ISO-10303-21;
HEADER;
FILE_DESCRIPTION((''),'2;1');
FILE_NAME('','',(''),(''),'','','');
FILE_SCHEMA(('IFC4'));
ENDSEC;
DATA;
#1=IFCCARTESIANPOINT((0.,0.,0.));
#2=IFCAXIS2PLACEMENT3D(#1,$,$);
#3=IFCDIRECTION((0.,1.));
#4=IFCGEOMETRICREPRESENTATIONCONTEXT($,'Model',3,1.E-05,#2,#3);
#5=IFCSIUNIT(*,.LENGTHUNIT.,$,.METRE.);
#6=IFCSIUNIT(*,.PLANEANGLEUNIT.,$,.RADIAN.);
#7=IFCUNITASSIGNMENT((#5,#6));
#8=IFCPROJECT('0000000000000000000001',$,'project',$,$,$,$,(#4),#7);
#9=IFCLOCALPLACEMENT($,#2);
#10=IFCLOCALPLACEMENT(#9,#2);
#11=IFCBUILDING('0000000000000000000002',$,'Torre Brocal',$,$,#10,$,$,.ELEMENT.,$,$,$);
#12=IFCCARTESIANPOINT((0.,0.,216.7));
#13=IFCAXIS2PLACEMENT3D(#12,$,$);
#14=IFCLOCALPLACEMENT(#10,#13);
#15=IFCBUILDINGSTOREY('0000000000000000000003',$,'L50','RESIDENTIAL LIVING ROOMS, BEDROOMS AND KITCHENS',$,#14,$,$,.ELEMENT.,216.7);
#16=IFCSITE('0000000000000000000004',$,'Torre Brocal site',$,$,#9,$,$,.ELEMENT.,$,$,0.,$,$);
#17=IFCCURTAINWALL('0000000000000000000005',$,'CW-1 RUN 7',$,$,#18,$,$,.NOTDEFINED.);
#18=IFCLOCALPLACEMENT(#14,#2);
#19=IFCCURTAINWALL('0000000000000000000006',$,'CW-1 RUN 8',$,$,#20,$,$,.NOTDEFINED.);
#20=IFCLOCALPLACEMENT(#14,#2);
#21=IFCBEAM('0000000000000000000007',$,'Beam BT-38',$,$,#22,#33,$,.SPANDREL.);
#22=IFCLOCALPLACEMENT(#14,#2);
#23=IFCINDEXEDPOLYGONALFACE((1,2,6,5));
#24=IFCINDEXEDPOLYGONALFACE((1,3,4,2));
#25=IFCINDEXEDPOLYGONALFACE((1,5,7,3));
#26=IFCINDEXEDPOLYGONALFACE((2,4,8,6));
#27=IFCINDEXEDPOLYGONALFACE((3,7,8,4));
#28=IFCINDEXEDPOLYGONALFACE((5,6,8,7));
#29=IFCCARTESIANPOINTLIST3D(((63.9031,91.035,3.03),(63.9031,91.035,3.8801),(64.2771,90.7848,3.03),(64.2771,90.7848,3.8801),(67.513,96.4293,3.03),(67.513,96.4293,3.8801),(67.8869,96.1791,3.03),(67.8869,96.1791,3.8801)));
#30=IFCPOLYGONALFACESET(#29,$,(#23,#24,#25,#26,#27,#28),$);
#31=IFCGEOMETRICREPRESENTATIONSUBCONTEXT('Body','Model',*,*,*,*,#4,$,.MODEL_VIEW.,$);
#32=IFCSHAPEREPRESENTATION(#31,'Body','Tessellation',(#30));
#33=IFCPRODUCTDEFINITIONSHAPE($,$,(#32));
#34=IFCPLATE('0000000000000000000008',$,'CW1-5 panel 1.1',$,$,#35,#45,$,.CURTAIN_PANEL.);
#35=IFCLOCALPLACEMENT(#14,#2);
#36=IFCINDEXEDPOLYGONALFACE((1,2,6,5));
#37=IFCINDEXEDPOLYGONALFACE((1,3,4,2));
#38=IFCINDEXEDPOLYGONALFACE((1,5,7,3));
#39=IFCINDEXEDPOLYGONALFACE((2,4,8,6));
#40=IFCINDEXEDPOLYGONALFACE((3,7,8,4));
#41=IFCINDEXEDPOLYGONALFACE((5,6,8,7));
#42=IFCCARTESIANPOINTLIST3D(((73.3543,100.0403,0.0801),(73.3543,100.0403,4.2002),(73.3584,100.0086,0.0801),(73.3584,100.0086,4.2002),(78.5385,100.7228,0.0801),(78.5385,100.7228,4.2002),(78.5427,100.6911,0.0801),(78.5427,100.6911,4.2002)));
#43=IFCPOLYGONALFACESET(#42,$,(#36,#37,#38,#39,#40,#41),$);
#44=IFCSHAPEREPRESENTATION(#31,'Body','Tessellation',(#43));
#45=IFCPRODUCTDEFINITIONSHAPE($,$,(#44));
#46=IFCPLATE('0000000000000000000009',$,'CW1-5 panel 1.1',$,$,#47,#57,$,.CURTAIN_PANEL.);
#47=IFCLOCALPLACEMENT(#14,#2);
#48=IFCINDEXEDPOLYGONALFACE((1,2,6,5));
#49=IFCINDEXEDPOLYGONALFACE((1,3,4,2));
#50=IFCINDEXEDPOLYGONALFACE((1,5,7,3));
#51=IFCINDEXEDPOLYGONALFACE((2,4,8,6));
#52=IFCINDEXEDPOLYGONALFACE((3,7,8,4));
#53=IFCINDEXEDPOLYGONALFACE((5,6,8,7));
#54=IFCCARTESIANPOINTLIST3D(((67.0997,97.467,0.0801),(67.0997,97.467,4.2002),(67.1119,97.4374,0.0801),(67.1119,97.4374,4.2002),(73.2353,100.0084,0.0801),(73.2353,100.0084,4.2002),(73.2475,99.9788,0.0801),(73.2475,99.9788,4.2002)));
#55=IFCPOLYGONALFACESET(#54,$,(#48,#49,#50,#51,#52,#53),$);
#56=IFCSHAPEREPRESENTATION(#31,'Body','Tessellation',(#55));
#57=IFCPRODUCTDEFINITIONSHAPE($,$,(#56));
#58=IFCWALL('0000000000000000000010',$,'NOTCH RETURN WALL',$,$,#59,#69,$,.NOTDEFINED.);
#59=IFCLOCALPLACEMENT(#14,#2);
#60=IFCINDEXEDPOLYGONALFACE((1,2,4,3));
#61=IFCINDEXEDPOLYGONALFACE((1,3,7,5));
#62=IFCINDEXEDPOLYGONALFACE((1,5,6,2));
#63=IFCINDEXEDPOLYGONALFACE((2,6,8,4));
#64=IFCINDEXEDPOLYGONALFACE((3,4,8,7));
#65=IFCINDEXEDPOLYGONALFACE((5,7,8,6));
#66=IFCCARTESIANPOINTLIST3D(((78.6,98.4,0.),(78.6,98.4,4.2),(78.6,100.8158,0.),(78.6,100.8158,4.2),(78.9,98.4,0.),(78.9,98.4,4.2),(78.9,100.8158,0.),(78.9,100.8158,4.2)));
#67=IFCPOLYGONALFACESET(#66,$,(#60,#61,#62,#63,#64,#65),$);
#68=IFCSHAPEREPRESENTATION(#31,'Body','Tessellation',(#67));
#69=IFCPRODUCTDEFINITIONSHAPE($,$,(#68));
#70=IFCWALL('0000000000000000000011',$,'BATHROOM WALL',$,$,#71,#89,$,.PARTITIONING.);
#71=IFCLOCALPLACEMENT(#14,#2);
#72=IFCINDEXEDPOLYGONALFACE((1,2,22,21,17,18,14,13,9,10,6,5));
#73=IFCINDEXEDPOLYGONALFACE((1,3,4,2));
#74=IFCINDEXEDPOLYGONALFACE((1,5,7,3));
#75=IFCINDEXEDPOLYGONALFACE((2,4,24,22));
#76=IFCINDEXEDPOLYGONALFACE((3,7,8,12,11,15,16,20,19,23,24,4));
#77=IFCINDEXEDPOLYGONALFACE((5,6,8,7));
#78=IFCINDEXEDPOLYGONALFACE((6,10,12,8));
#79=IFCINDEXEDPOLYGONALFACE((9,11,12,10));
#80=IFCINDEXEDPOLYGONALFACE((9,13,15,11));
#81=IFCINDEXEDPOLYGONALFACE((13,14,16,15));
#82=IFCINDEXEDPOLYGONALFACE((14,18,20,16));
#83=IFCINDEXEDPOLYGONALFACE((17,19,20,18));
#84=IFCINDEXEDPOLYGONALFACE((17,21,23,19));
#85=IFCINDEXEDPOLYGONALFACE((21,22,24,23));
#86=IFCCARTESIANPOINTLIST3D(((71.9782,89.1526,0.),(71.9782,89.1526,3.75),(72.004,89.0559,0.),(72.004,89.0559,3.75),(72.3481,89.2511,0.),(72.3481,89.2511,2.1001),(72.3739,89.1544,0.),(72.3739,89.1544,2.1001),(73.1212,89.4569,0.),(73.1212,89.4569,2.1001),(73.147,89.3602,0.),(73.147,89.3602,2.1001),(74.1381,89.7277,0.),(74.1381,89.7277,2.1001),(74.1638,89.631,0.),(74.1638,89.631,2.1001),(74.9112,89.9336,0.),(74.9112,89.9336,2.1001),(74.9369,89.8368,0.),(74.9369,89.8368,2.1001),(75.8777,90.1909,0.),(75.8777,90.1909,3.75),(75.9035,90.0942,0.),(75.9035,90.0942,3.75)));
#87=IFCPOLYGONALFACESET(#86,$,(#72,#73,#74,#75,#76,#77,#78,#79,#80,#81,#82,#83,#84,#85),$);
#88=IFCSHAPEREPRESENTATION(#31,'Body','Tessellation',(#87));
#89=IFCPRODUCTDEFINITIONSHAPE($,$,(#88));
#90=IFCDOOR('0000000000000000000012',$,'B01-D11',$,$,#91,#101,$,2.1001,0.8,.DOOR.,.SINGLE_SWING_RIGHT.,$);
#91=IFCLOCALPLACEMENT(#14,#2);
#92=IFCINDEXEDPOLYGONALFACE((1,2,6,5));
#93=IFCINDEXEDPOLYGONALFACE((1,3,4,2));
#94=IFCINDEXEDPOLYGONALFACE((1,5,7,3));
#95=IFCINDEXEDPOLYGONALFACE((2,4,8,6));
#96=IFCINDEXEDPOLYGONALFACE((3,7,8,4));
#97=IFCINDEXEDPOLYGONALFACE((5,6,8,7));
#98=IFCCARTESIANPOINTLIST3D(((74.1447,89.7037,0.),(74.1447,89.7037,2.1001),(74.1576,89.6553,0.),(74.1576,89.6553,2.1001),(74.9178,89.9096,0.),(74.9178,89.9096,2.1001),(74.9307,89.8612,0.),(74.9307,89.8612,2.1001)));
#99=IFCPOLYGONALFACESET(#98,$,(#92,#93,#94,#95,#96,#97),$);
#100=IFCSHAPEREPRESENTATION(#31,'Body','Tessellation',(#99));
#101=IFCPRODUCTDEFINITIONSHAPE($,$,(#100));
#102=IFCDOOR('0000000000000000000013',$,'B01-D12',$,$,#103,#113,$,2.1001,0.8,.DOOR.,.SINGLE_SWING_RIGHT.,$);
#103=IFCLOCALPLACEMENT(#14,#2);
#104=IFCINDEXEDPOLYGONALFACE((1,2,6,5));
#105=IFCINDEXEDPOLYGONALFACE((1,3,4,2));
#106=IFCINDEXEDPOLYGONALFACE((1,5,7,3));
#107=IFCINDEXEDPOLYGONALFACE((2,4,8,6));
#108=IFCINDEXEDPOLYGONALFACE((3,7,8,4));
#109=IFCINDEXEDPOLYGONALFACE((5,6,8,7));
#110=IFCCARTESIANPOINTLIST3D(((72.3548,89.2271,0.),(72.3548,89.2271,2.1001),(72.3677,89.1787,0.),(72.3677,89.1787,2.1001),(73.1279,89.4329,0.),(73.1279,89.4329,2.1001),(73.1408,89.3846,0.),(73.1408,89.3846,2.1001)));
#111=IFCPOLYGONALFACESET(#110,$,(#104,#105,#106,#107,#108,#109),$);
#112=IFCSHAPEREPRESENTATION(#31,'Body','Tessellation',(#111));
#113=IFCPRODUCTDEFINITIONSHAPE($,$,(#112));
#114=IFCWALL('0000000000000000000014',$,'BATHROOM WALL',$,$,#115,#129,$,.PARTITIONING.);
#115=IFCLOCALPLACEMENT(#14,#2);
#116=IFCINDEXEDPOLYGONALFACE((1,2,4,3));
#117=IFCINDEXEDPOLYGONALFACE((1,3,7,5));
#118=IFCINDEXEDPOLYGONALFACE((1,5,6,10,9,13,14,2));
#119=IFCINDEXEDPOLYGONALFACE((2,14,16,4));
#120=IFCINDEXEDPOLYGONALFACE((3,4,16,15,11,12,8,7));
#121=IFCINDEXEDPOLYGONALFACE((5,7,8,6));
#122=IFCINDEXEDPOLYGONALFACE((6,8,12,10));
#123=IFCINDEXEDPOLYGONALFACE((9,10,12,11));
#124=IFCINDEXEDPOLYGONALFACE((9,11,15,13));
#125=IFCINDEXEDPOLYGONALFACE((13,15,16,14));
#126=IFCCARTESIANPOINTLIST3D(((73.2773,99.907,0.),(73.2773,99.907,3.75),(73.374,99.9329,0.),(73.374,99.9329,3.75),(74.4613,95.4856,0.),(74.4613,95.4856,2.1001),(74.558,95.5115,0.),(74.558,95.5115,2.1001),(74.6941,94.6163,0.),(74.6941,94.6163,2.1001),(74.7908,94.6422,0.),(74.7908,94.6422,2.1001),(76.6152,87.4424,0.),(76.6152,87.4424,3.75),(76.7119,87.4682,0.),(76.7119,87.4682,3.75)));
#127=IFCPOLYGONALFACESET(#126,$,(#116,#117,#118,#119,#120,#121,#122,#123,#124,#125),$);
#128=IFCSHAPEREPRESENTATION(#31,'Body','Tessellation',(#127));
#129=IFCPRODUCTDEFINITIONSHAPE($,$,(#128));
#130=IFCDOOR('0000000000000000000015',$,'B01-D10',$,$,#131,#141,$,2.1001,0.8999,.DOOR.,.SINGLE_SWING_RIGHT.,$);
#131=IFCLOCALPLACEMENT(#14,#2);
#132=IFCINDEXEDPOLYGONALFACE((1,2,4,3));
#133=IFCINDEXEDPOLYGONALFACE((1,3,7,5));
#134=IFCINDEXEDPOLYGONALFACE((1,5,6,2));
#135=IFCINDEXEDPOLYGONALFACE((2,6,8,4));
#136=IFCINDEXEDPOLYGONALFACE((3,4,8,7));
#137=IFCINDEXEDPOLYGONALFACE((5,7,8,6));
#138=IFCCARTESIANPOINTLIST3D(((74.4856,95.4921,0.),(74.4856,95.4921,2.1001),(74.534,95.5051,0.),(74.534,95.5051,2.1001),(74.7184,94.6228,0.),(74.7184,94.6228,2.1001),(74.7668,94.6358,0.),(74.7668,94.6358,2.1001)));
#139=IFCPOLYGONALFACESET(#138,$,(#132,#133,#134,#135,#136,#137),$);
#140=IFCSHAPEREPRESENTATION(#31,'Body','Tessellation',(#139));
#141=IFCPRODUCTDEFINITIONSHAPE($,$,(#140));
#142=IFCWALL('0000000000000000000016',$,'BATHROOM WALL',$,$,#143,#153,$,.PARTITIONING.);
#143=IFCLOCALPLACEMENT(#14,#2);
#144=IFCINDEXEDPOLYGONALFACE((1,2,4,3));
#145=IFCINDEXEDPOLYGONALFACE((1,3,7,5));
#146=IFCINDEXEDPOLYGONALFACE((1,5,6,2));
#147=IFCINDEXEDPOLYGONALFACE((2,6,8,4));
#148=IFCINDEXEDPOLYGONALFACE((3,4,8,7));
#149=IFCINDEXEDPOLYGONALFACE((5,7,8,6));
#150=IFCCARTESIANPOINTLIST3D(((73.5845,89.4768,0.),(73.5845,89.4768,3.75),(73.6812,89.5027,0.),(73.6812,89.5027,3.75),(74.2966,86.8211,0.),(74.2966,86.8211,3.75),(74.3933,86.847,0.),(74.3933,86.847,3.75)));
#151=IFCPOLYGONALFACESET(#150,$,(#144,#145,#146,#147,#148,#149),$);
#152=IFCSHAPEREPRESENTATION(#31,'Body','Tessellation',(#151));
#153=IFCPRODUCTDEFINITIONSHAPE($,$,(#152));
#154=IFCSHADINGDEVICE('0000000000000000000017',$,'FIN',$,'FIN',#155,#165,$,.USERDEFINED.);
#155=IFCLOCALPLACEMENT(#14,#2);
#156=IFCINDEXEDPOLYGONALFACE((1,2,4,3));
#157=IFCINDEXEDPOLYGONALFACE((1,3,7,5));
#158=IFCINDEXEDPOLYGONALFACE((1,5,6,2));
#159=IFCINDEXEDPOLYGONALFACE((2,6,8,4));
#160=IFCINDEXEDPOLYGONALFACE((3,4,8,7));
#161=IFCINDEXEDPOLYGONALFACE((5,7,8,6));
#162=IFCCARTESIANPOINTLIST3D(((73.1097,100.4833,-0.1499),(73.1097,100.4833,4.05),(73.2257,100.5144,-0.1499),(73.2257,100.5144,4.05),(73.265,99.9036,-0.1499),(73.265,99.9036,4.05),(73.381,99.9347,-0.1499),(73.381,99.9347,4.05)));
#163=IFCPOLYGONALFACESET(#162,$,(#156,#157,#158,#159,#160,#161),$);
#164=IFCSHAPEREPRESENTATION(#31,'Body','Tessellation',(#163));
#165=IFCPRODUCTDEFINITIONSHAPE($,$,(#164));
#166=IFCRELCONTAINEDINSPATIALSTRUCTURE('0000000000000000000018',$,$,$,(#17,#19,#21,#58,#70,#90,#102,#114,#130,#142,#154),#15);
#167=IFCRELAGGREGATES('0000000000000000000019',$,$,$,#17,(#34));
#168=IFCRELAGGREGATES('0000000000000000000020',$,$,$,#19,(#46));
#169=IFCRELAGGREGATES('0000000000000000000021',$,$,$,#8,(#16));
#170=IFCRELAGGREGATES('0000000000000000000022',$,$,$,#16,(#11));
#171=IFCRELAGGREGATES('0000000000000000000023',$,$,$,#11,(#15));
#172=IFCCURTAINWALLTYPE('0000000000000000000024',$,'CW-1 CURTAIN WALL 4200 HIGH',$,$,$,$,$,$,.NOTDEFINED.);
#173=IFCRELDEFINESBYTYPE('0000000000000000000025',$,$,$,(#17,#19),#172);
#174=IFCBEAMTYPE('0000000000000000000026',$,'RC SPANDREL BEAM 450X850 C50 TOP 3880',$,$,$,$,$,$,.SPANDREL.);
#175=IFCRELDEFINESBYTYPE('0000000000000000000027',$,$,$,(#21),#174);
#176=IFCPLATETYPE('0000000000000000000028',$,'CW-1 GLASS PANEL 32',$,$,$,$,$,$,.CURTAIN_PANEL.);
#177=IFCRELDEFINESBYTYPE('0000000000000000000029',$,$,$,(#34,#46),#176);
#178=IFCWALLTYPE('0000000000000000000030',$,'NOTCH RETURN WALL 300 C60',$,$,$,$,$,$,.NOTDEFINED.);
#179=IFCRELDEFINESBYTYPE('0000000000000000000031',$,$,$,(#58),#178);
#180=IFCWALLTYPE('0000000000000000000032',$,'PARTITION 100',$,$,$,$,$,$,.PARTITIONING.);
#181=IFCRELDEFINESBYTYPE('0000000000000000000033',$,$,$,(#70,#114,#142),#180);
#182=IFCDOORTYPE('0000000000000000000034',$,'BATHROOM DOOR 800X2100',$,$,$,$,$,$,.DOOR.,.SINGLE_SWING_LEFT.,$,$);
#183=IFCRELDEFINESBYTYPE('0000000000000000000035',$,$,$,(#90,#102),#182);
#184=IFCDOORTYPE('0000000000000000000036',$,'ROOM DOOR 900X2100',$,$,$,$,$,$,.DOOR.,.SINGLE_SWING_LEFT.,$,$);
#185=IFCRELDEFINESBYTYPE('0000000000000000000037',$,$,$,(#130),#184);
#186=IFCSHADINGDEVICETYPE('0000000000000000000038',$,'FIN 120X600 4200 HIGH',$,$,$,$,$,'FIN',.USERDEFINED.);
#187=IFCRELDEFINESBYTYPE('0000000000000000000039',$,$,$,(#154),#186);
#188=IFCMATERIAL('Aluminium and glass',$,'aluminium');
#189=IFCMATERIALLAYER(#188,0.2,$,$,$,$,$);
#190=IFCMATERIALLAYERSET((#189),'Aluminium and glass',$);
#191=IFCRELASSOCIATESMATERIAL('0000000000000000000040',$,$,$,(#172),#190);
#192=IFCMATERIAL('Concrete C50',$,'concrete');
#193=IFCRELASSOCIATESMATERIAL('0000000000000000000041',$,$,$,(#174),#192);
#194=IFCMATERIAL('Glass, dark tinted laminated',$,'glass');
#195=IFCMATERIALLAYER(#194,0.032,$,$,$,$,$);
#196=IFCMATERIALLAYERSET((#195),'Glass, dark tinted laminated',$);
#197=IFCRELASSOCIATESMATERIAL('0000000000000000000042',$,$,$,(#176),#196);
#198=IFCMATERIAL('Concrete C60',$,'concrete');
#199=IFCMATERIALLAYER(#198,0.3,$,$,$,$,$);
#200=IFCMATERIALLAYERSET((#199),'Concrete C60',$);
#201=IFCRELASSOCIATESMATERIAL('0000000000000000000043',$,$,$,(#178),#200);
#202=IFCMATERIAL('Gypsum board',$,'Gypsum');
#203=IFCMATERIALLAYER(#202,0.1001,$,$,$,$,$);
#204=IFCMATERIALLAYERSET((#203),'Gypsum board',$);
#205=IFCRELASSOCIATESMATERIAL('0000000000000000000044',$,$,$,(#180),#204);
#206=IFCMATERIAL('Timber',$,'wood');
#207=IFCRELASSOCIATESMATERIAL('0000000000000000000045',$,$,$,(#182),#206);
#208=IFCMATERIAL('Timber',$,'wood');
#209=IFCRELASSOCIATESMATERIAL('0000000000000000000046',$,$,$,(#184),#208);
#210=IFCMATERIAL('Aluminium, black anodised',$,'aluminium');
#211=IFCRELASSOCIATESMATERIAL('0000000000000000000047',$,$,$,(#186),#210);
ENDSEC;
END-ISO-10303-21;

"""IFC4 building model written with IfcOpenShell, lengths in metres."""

from ifc_helpers import new_model, si_unit, direction, frame, frame_2d, origin, origin_2d, place, context, subcontext, project, spatial, rectangle, extrude, material, layer, layer_set, material_profile, profile_set, type_object, element, fill, aggregate, save


model = new_model("IFC4")

# Units and contexts
model_context = context("Model", 3, precision=1e-05, world=origin(), true_north=direction((0.0, 1.0)))
body_context = subcontext(model_context, "Body", "Model", "MODEL_VIEW")
ifc_project = project(units=[si_unit("LENGTHUNIT", "METRE"), si_unit("PLANEANGLEUNIT", "RADIAN")], contexts=[model_context])

# Site, building, storey
site_placement = place(None, origin())
site = spatial("IfcSite", under=ifc_project, at=site_placement, Name="Torre Brocal site", CompositionType="ELEMENT", RefElevation=0.0)
building_placement = place(site_placement, origin())
building = spatial("IfcBuilding", under=site, at=building_placement, Name="Torre Brocal", CompositionType="ELEMENT")
storey_placement = place(building_placement, frame((0.0, 0.0, 216.7)))
storey = spatial("IfcBuildingStorey", under=building, at=storey_placement, Name="L50", Description="RESIDENTIAL LIVING ROOMS, BEDROOMS AND KITCHENS", CompositionType="ELEMENT", Elevation=216.7)

# Curtain wall
ifc_material_1 = material(Name="Aluminium and glass", Category="aluminium")
ifc_layer_1 = layer(ifc_material_1, 0.2)
ifc_layer_set_1 = layer_set([ifc_layer_1], Name="Aluminium and glass")
curtain_wall_type = type_object("IfcCurtainWallType", Name="CW-1 CURTAIN WALL 4200 HIGH", PredefinedType="NOTDEFINED", material=ifc_layer_set_1)
curtain_wall_1_placement = place(storey_placement, origin())
curtain_wall_1 = element("IfcCurtainWall", 1, at=curtain_wall_1_placement, inside=storey, type_object=curtain_wall_type, Name="CW-1 RUN 7", PredefinedType="NOTDEFINED")

# Curtain wall
curtain_wall_2_placement = place(storey_placement, origin())
curtain_wall_2 = element("IfcCurtainWall", 2, at=curtain_wall_2_placement, inside=storey, type_object=curtain_wall_type, Name="CW-1 RUN 8", PredefinedType="NOTDEFINED")

# Beam
ifc_material_2 = material(Name="Concrete C50", Category="concrete")
ifc_material_profile_1 = material_profile(ifc_material_2, rectangle(XDim=0.45, YDim=0.8501, at=origin_2d()), Name="RC 450X850")
ifc_profile_set_1 = profile_set([ifc_material_profile_1], Name="Concrete C50")
beam_type_1 = type_object("IfcBeamType", Name="RC SPANDREL BEAM 450X850 C50 TOP 3880", PredefinedType="SPANDREL", material=ifc_profile_set_1)
beam_1_placement = place(storey_placement, frame((67.7, 96.3042, 3.4551), z_axis=(-0.556158, -0.831077, 0.0), x_axis=(0.831077, -0.556158, 0.0)))
element("IfcBeam", 3, at=beam_1_placement, inside=storey, type_object=beam_type_1, Name="Beam BT-38", PredefinedType="SPANDREL", context=body_context, shape_type="SweptSolid", body=[
    extrude(rectangle(XDim=0.45, YDim=0.8501, at=origin_2d()), origin(), (0.0, 0.0, 1.0), 6.4907),
])

# Plates
ifc_material_3 = material(Name="Glass, dark tinted laminated", Category="glass")
ifc_layer_2 = layer(ifc_material_3, 0.032)
ifc_layer_set_2 = layer_set([ifc_layer_2], Name="Glass, dark tinted laminated")
plate_type = type_object("IfcPlateType", Name="CW-1 GLASS PANEL 32", PredefinedType="CURTAIN_PANEL", material=ifc_layer_set_2)
plate_1_placement = place(storey_placement, frame((75.9485, 100.3657, 0.0801), z_axis=(0.0, 0.0, 1.0), x_axis=(-0.991445, -0.130526, 0.0)))
plate_1 = element("IfcPlate", 4, at=plate_1_placement, type_object=plate_type, Name="CW1-5 panel 1.1", PredefinedType="CURTAIN_PANEL", context=body_context, shape_type="SweptSolid", body=[
    extrude(rectangle(XDim=5.229, YDim=0.032, at=origin_2d()), origin(), (0.0, 0.0, 1.0), 4.1201),
])
aggregate(curtain_wall_1, [plate_1])
plate_2_placement = place(storey_placement, frame((70.1736, 98.7229, 0.0801), z_axis=(0.0, 0.0, 1.0), x_axis=(-0.92388, -0.382683, 0.0)))
plate_2 = element("IfcPlate", 5, at=plate_2_placement, type_object=plate_type, Name="CW1-5 panel 1.1", PredefinedType="CURTAIN_PANEL", context=body_context, shape_type="SweptSolid", body=[
    extrude(rectangle(XDim=6.6411, YDim=0.032, at=origin_2d()), origin(), (0.0, 0.0, 1.0), 4.1201),
])
aggregate(curtain_wall_2, [plate_2])

# Wall
ifc_material_4 = material(Name="Concrete C60", Category="concrete")
ifc_layer_3 = layer(ifc_material_4, 0.3)
ifc_layer_set_3 = layer_set([ifc_layer_3], Name="Concrete C60")
wall_type_1 = type_object("IfcWallType", Name="NOTCH RETURN WALL 300 C60", PredefinedType="NOTDEFINED", material=ifc_layer_set_3)
wall_1_placement = place(storey_placement, frame((78.75, 98.3999, 0.0), z_axis=(0.0, 0.0, 1.0), x_axis=(0.0, 1.0, 0.0)))
element("IfcWall", 6, at=wall_1_placement, inside=storey, type_object=wall_type_1, Name="NOTCH RETURN WALL", PredefinedType="NOTDEFINED", context=body_context, shape_type="SweptSolid", body=[
    extrude(rectangle(XDim=2.4158, YDim=0.3, at=frame_2d((1.208, 0.0))), origin(), (0.0, 0.0, 1.0), 4.2),
])

# Wall, openings, doors
ifc_material_5 = material(Name="Gypsum board", Category="Gypsum")
ifc_layer_4 = layer(ifc_material_5, 0.1001)
ifc_layer_set_4 = layer_set([ifc_layer_4], Name="Gypsum board")
wall_type_2 = type_object("IfcWallType", Name="PARTITION 100", PredefinedType="PARTITIONING", material=ifc_layer_set_4)
wall_2_placement = place(storey_placement, frame((71.9912, 89.1042, 0.0), z_axis=(0.0, 0.0, 1.0), x_axis=(0.966328, 0.257312, 0.0)))
wall_2 = element("IfcWall", 7, at=wall_2_placement, inside=storey, type_object=wall_type_2, Name="BATHROOM WALL", PredefinedType="PARTITIONING", context=body_context, shape_type="SweptSolid", body=[
    extrude(rectangle(XDim=4.0354, YDim=0.1001, at=frame_2d((2.0176, 0.0))), origin(), (0.0, 0.0, 1.0), 3.75),
])
opening_1_placement = place(wall_2_placement, frame((2.2351, 0.0, 0.0)))
opening_1 = element("IfcOpeningElement", 8, at=opening_1_placement, cuts=wall_2, PredefinedType="OPENING", context=body_context, shape_type="SweptSolid", body=[
    extrude(rectangle(XDim=0.8, YDim=2.1001, at=frame_2d((0.3999, 1.05))), frame((0.0, 0.0601, 0.0), z_axis=(0.0, -1.0, 0.0), x_axis=(1.0, 0.0, 0.0)), (0.0, 0.0, 1.0), 0.1201),
])
opening_2_placement = place(wall_2_placement, frame((0.3828, 0.0, 0.0)))
opening_2 = element("IfcOpeningElement", 9, at=opening_2_placement, cuts=wall_2, PredefinedType="OPENING", context=body_context, shape_type="SweptSolid", body=[
    extrude(rectangle(XDim=0.8, YDim=2.1001, at=frame_2d((0.3999, 1.05))), frame((0.0, 0.0601, 0.0), z_axis=(0.0, -1.0, 0.0), x_axis=(1.0, 0.0, 0.0)), (0.0, 0.0, 1.0), 0.1201),
])
ifc_material_6 = material(Name="Timber", Category="wood")
door_type_1 = type_object("IfcDoorType", Name="BATHROOM DOOR 800X2100", OperationType="SINGLE_SWING_LEFT", PredefinedType="DOOR", material=ifc_material_6)
door_1_placement = place(opening_1_placement, frame((0.8, 0.0, 0.0), z_axis=(0.0, 0.0, 1.0), x_axis=(-1.0, 0.0, 0.0)))
door_1 = element("IfcDoor", 10, at=door_1_placement, inside=storey, type_object=door_type_1, Name="B01-D11", OperationType="SINGLE_SWING_RIGHT", OverallHeight=2.1001, OverallWidth=0.8, PredefinedType="DOOR", context=body_context, shape_type="SweptSolid", body=[
    extrude(rectangle(XDim=0.8, YDim=2.1001, at=frame_2d((0.3999, 1.05))), frame((0.0, 0.0249, 0.0), z_axis=(0.0, -1.0, 0.0), x_axis=(1.0, 0.0, 0.0)), (0.0, 0.0, 1.0), 0.05),
])
fill(opening_1, door_1)
door_2_placement = place(opening_2_placement, frame((0.8, 0.0, 0.0), z_axis=(0.0, 0.0, 1.0), x_axis=(-1.0, 0.0, 0.0)))
door_2 = element("IfcDoor", 11, at=door_2_placement, inside=storey, type_object=door_type_1, Name="B01-D12", OperationType="SINGLE_SWING_RIGHT", OverallHeight=2.1001, OverallWidth=0.8, PredefinedType="DOOR", context=body_context, shape_type="SweptSolid", body=[
    extrude(rectangle(XDim=0.8, YDim=2.1001, at=frame_2d((0.3999, 1.05))), frame((0.0, 0.0249, 0.0), z_axis=(0.0, -1.0, 0.0), x_axis=(1.0, 0.0, 0.0)), (0.0, 0.0, 1.0), 0.05),
])
fill(opening_2, door_2)

# Wall, opening, door
wall_3_placement = place(storey_placement, frame((73.3257, 99.9199, 0.0), z_axis=(0.0, 0.0, 1.0), x_axis=(0.258675, -0.965964, 0.0)))
wall_3 = element("IfcWall", 12, at=wall_3_placement, inside=storey, type_object=wall_type_2, Name="BATHROOM WALL", PredefinedType="PARTITIONING", context=body_context, shape_type="SweptSolid", body=[
    extrude(rectangle(XDim=12.9038, YDim=0.1001, at=frame_2d((6.4519, 0.0))), origin(), (0.0, 0.0, 1.0), 3.75),
])
opening_3_placement = place(wall_3_placement, frame((4.5771, 0.0, 0.0)))
opening_3 = element("IfcOpeningElement", 13, at=opening_3_placement, cuts=wall_3, PredefinedType="OPENING", context=body_context, shape_type="SweptSolid", body=[
    extrude(rectangle(XDim=0.8999, YDim=2.1001, at=frame_2d((0.45, 1.05))), frame((0.0, 0.0601, 0.0), z_axis=(0.0, -1.0, 0.0), x_axis=(1.0, 0.0, 0.0)), (0.0, 0.0, 1.0), 0.1201),
])
ifc_material_7 = material(Name="Timber", Category="wood")
door_type_2 = type_object("IfcDoorType", Name="ROOM DOOR 900X2100", OperationType="SINGLE_SWING_LEFT", PredefinedType="DOOR", material=ifc_material_7)
door_3_placement = place(opening_3_placement, frame((0.8999, 0.0, 0.0), z_axis=(0.0, 0.0, 1.0), x_axis=(-1.0, 0.0, 0.0)))
door_3 = element("IfcDoor", 14, at=door_3_placement, inside=storey, type_object=door_type_2, Name="B01-D10", OperationType="SINGLE_SWING_RIGHT", OverallHeight=2.1001, OverallWidth=0.8999, PredefinedType="DOOR", context=body_context, shape_type="SweptSolid", body=[
    extrude(rectangle(XDim=0.8999, YDim=2.1001, at=frame_2d((0.45, 1.05))), frame((0.0, 0.0249, 0.0), z_axis=(0.0, -1.0, 0.0), x_axis=(1.0, 0.0, 0.0)), (0.0, 0.0, 1.0), 0.05),
])
fill(opening_3, door_3)

# Wall
wall_4_placement = place(storey_placement, frame((73.6328, 89.4897, 0.0), z_axis=(0.0, 0.0, 1.0), x_axis=(0.259005, -0.965876, 0.0)))
element("IfcWall", 15, at=wall_4_placement, inside=storey, type_object=wall_type_2, Name="BATHROOM WALL", PredefinedType="PARTITIONING", context=body_context, shape_type="SweptSolid", body=[
    extrude(rectangle(XDim=2.7495, YDim=0.1001, at=frame_2d((1.3748, 0.0))), origin(), (0.0, 0.0, 1.0), 3.75),
])

# Shading device
ifc_material_8 = material(Name="Aluminium, black anodised", Category="aluminium")
ifc_material_profile_2 = material_profile(ifc_material_8, rectangle(XDim=0.1201, YDim=0.6001, at=origin_2d()), Name="FIN 120X600 4200 HIGH")
ifc_profile_set_2 = profile_set([ifc_material_profile_2], Name="Aluminium, black anodised")
shading_device_type = type_object("IfcShadingDeviceType", Name="FIN 120X600 4200 HIGH", ElementType="FIN", PredefinedType="USERDEFINED", material=ifc_profile_set_2)
shading_device_placement = place(storey_placement, frame((73.2454, 100.209, -0.1499), z_axis=(0.0, 0.0, 1.0), x_axis=(-0.965926, -0.258819, 0.0)))
element("IfcShadingDevice", 16, at=shading_device_placement, inside=storey, type_object=shading_device_type, Name="FIN", ObjectType="FIN", PredefinedType="USERDEFINED", context=body_context, shape_type="SweptSolid", body=[
    extrude(rectangle(XDim=0.1201, YDim=0.6001, at=origin_2d()), origin(), (0.0, 0.0, 1.0), 4.2),
])

save(model, "model.ifc")
